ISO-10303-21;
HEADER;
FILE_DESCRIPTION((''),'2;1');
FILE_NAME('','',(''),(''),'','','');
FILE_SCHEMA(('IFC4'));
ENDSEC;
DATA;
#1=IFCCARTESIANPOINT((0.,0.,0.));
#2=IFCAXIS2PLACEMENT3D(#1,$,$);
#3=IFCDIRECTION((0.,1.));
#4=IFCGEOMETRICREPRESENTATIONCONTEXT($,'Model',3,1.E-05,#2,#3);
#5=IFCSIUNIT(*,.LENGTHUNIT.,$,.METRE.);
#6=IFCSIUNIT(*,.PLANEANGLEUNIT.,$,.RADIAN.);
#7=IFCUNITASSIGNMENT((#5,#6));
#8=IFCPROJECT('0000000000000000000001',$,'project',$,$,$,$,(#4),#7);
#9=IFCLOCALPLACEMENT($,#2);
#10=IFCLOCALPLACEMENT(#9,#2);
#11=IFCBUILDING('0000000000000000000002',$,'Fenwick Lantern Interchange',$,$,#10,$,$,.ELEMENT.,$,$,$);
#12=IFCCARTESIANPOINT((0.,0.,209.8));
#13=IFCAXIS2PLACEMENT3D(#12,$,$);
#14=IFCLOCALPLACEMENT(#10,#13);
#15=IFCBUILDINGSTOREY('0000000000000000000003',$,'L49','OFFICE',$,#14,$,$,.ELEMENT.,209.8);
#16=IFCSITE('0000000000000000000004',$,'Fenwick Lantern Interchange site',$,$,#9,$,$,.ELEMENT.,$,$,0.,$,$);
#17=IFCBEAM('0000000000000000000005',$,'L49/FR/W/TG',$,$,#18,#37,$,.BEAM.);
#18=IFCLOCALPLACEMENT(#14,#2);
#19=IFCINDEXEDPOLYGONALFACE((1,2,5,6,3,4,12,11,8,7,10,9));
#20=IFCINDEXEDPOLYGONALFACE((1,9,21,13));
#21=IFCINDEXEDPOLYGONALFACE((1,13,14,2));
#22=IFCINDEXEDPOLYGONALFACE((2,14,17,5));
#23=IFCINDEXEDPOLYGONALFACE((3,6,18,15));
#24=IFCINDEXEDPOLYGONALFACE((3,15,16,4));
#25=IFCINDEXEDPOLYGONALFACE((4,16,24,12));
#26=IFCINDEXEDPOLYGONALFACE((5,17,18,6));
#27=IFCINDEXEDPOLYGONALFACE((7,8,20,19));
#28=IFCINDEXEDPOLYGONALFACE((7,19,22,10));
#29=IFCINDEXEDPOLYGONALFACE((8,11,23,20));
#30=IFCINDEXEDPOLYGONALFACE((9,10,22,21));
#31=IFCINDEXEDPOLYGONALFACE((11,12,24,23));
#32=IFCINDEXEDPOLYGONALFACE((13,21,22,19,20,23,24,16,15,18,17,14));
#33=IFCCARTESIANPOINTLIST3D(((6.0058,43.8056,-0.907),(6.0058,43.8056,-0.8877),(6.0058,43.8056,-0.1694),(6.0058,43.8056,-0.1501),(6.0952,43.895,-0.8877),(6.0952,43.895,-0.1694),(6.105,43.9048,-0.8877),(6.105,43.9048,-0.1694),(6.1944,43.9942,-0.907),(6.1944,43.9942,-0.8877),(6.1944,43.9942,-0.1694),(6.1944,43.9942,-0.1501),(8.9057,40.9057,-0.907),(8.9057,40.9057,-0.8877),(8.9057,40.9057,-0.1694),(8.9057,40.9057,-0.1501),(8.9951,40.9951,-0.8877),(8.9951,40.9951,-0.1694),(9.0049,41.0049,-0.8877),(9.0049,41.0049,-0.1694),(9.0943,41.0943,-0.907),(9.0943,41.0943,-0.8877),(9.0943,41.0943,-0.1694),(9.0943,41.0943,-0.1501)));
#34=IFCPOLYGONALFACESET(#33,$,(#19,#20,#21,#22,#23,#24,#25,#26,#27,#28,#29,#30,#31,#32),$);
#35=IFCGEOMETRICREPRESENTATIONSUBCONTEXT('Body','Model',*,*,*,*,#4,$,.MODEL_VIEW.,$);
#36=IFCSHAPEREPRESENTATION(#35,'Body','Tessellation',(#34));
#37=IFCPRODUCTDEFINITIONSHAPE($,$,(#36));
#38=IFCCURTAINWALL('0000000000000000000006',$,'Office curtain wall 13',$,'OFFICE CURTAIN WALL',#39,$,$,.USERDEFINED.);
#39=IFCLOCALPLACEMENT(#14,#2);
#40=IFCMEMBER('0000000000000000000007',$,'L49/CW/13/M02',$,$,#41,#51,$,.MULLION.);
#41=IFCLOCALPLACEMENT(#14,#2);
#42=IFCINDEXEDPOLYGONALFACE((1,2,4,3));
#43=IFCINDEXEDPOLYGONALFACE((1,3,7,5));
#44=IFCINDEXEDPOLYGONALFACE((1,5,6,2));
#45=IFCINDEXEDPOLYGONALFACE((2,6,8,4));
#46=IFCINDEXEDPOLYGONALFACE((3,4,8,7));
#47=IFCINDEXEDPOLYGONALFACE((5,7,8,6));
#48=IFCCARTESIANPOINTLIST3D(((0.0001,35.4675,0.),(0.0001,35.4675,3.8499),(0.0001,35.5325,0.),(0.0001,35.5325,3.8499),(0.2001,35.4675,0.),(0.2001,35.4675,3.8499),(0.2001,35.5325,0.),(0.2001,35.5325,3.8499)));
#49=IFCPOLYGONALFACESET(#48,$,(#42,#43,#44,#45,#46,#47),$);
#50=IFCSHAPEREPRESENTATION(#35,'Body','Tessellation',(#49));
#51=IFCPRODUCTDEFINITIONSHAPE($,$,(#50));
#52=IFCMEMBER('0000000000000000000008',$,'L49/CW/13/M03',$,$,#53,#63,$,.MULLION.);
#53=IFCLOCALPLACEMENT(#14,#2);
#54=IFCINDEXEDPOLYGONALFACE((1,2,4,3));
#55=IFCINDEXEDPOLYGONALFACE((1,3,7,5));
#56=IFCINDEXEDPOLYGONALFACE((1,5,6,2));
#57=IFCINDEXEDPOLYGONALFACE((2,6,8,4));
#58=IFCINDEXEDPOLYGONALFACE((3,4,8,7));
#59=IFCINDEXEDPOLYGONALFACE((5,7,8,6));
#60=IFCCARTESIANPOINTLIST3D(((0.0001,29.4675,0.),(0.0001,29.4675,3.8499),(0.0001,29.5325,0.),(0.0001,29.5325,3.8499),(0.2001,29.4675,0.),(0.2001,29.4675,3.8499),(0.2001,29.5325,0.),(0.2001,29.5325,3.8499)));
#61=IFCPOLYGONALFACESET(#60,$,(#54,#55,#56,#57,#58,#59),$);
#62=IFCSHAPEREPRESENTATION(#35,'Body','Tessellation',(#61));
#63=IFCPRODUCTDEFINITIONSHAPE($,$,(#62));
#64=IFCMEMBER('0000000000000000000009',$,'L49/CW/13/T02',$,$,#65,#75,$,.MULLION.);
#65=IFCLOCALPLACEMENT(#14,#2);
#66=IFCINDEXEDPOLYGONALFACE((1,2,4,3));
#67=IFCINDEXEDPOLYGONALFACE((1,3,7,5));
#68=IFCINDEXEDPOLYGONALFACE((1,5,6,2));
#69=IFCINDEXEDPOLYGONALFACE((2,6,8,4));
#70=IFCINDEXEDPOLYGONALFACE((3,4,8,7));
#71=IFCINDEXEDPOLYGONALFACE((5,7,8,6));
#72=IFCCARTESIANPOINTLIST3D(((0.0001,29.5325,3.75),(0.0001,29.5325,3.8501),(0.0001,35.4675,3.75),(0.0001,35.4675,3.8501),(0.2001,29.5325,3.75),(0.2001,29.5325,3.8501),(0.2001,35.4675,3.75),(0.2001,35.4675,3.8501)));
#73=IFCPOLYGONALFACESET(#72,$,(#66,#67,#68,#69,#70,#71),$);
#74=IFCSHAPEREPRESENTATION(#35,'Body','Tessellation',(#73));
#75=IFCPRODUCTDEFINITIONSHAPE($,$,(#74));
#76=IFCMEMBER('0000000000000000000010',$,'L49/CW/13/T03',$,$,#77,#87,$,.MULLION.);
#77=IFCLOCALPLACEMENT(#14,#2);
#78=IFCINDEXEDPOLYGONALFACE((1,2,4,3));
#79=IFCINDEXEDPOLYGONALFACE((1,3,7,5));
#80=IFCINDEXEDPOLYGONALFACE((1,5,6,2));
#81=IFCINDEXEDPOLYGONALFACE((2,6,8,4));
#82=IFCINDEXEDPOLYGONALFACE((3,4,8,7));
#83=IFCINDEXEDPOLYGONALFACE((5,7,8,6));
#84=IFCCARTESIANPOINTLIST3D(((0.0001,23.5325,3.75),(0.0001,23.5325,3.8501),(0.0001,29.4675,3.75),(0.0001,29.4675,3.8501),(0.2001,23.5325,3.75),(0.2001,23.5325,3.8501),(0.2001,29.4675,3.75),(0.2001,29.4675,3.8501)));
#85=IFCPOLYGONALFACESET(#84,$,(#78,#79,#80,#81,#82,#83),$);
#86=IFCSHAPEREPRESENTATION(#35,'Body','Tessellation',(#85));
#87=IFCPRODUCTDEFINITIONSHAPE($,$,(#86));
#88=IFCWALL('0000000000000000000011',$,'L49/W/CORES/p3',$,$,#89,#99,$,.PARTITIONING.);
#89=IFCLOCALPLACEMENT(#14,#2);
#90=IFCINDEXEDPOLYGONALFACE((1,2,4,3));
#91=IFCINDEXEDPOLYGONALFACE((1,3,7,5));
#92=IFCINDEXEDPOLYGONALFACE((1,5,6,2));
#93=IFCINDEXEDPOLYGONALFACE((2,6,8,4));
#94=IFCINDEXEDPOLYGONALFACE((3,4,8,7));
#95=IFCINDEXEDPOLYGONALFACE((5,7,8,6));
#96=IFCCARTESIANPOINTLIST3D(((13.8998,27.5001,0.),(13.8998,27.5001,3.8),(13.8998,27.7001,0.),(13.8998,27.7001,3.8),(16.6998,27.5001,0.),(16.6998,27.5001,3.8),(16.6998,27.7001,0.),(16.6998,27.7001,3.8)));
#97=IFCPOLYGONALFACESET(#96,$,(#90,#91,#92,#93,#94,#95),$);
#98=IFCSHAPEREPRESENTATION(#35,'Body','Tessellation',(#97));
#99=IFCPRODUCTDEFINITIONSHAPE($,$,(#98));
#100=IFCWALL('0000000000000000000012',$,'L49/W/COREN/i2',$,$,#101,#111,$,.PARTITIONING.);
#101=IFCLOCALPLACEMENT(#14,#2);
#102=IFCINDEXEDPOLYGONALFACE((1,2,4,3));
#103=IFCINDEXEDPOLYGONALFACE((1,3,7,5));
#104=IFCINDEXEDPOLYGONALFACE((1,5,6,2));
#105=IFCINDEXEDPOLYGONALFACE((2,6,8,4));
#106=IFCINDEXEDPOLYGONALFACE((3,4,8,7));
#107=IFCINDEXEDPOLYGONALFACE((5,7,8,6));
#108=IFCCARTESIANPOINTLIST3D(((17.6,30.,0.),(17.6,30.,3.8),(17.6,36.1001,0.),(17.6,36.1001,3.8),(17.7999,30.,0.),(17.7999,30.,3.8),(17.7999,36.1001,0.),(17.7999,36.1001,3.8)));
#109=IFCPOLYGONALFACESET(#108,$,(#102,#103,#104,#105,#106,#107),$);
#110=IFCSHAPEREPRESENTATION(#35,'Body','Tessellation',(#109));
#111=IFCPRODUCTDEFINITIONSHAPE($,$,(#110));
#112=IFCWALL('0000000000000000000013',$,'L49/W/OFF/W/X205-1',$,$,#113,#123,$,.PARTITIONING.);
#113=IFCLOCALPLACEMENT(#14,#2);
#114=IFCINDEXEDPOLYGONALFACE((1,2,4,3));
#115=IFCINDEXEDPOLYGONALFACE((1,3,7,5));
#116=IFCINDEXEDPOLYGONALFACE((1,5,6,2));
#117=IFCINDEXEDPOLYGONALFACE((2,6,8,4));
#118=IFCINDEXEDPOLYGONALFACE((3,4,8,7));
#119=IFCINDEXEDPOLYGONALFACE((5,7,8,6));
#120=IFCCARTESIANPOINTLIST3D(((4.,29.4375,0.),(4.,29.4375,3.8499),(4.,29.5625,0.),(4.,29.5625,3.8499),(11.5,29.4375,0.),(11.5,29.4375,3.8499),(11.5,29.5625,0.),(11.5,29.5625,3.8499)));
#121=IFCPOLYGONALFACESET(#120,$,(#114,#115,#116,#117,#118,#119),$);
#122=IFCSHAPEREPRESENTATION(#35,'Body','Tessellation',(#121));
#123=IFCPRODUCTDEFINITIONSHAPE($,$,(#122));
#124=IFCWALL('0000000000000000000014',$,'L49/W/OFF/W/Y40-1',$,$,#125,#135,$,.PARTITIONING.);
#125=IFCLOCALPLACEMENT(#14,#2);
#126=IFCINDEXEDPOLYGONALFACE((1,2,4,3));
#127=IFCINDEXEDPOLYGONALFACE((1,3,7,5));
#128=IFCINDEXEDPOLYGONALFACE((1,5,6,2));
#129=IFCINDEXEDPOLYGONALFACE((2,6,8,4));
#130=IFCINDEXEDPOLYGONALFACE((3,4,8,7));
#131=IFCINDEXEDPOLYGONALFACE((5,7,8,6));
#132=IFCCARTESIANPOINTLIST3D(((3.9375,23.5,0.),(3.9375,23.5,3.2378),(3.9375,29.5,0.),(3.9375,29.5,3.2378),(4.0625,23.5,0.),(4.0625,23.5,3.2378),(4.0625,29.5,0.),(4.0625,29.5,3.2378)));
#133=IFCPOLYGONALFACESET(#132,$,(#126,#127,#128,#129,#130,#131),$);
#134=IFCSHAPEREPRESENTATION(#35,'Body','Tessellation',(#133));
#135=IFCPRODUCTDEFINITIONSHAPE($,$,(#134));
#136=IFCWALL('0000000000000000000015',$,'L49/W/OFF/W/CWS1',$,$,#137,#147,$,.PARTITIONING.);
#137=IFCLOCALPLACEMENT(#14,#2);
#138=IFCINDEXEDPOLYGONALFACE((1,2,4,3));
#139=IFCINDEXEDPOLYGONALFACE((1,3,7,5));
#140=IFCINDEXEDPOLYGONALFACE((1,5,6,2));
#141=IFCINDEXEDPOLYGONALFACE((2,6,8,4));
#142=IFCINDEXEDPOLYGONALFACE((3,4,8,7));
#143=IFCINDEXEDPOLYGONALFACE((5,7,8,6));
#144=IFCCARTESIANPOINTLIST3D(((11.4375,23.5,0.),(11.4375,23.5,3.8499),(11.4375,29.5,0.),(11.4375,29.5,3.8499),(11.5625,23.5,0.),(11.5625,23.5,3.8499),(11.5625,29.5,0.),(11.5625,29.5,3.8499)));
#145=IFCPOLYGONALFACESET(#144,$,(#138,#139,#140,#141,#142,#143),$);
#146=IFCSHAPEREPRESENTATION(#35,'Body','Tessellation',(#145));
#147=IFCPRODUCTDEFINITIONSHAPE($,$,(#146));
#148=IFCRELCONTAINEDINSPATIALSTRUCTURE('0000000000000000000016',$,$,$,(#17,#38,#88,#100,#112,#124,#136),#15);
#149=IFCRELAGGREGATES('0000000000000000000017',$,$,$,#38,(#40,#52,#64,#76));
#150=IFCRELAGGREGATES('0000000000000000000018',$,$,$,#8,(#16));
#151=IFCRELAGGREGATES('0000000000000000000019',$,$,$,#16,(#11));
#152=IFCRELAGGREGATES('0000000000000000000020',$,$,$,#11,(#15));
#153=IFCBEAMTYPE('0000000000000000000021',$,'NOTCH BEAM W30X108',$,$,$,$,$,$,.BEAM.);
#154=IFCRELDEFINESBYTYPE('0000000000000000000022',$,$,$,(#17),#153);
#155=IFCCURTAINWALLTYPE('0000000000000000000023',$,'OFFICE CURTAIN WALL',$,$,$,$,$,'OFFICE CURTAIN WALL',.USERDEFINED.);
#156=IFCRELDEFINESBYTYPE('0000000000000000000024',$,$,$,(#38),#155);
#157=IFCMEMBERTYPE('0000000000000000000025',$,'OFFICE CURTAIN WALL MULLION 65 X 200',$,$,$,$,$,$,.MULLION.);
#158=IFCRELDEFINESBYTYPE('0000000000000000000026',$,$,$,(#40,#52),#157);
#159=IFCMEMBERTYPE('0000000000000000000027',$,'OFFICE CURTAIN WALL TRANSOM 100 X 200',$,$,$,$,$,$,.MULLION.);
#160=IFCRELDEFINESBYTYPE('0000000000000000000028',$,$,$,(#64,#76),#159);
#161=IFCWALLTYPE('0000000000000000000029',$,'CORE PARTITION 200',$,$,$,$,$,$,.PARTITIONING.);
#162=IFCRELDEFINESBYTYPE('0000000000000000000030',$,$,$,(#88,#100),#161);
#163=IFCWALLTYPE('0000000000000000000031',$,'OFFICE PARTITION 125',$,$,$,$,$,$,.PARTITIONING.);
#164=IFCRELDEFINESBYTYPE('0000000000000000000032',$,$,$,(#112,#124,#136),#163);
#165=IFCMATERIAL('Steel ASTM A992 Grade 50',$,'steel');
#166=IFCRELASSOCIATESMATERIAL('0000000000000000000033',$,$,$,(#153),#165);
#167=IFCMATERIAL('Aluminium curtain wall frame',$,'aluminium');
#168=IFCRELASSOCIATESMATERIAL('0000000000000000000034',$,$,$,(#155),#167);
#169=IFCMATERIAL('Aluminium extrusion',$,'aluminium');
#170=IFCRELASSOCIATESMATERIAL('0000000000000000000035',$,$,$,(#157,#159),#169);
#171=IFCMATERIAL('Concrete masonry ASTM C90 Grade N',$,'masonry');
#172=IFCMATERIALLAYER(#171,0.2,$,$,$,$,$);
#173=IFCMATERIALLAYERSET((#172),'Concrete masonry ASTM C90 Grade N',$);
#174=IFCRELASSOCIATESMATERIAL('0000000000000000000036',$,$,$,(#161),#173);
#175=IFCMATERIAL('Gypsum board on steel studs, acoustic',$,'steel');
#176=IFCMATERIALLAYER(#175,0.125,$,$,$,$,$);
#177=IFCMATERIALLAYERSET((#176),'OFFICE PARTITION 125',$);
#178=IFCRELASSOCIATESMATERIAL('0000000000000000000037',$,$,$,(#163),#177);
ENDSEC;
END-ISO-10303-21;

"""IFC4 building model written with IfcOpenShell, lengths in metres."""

from ifc_helpers import new_model, si_unit, direction, frame, frame_2d, origin, origin_2d, place, context, subcontext, project, spatial, rectangle, i_section, extrude, material, layer, layer_set, material_profile, profile_set, type_object, element, aggregate, save


model = new_model("IFC4")

# Units and contexts
model_context = context("Model", 3, precision=1e-05, world=origin(), true_north=direction((0.0, 1.0)))
body_context = subcontext(model_context, "Body", "Model", "MODEL_VIEW")
ifc_project = project(units=[si_unit("LENGTHUNIT", "METRE"), si_unit("PLANEANGLEUNIT", "RADIAN")], contexts=[model_context])

# Site, building, storey
site_placement = place(None, origin())
site = spatial("IfcSite", under=ifc_project, at=site_placement, Name="Fenwick Lantern Interchange site", CompositionType="ELEMENT", RefElevation=0.0)
building_placement = place(site_placement, origin())
building = spatial("IfcBuilding", under=site, at=building_placement, Name="Fenwick Lantern Interchange", CompositionType="ELEMENT")
storey_placement = place(building_placement, frame((0.0, 0.0, 209.8)))
storey = spatial("IfcBuildingStorey", under=building, at=storey_placement, Name="L49", Description="OFFICE", CompositionType="ELEMENT", Elevation=209.8)

# Beam
ifc_material_1 = material(Name="Steel ASTM A992 Grade 50", Category="steel")
ifc_material_profile_1 = material_profile(ifc_material_1, i_section(OverallWidth=0.2666, OverallDepth=0.7568, WebThickness=0.0139, FlangeThickness=0.0193, at=origin_2d()), Name="W30X108")
ifc_profile_set_1 = profile_set([ifc_material_profile_1], Name="Steel ASTM A992 Grade 50")
beam_type_1 = type_object("IfcBeamType", Name="NOTCH BEAM W30X108", PredefinedType="BEAM", material=ifc_profile_set_1)
beam_1_placement = place(storey_placement, frame((9.0, 41.0, -0.5286), z_axis=(-0.707107, 0.707107, 0.0), x_axis=(-0.707107, -0.707107, 0.0)))
element("IfcBeam", 1, at=beam_1_placement, inside=storey, type_object=beam_type_1, Name="L49/FR/W/TG", PredefinedType="BEAM", context=body_context, shape_type="SweptSolid", body=[
    extrude(i_section(OverallWidth=0.2666, OverallDepth=0.7568, WebThickness=0.0139, FlangeThickness=0.0193, at=origin_2d()), origin(), (0.0, 0.0, 1.0), 4.1011),
])

# Curtain wall, members
ifc_material_2 = material(Name="Aluminium curtain wall frame", Category="aluminium")
curtain_wall_type = type_object("IfcCurtainWallType", Name="OFFICE CURTAIN WALL", ElementType="OFFICE CURTAIN WALL", PredefinedType="USERDEFINED", material=ifc_material_2)
curtain_wall_placement = place(storey_placement, origin())
curtain_wall = element("IfcCurtainWall", 2, at=curtain_wall_placement, inside=storey, type_object=curtain_wall_type, Name="Office curtain wall 13", ObjectType="OFFICE CURTAIN WALL", PredefinedType="USERDEFINED")
ifc_material_3 = material(Name="Aluminium extrusion", Category="aluminium")
ifc_material_profile_2 = material_profile(ifc_material_3, rectangle(XDim=0.2, YDim=0.0649, at=origin_2d()), Name="OFFICE CURTAIN WALL MULLION 65 X 200")
ifc_profile_set_2 = profile_set([ifc_material_profile_2], Name="Aluminium extrusion")
member_type_1 = type_object("IfcMemberType", Name="OFFICE CURTAIN WALL MULLION 65 X 200", PredefinedType="MULLION", material=ifc_profile_set_2)
member_1_placement = place(storey_placement, frame((0.1001, 35.5, 0.0), z_axis=(0.0, 0.0, 1.0), x_axis=(1.0, 0.0, 0.0)))
member_1 = element("IfcMember", 3, at=member_1_placement, type_object=member_type_1, Name="L49/CW/13/M02", PredefinedType="MULLION", context=body_context, shape_type="SweptSolid", body=[
    extrude(rectangle(XDim=0.2, YDim=0.0649, at=origin_2d()), origin(), (0.0, 0.0, 1.0), 3.8499),
])
member_2_placement = place(storey_placement, frame((0.1001, 29.5, 0.0), z_axis=(0.0, 0.0, 1.0), x_axis=(1.0, 0.0, 0.0)))
member_2 = element("IfcMember", 4, at=member_2_placement, type_object=member_type_1, Name="L49/CW/13/M03", PredefinedType="MULLION", context=body_context, shape_type="SweptSolid", body=[
    extrude(rectangle(XDim=0.2, YDim=0.0649, at=origin_2d()), origin(), (0.0, 0.0, 1.0), 3.8499),
])
ifc_material_profile_3 = material_profile(ifc_material_3, rectangle(XDim=0.2, YDim=0.1001, at=origin_2d()), Name="OFFICE CURTAIN WALL TRANSOM 100 X 200")
ifc_profile_set_3 = profile_set([ifc_material_profile_3], Name="Aluminium extrusion")
member_type_2 = type_object("IfcMemberType", Name="OFFICE CURTAIN WALL TRANSOM 100 X 200", PredefinedType="MULLION", material=ifc_profile_set_3)
member_3_placement = place(storey_placement, frame((0.1001, 35.4675, 3.8), z_axis=(0.0, -1.0, 0.0), x_axis=(1.0, 0.0, 0.0)))
member_3 = element("IfcMember", 5, at=member_3_placement, type_object=member_type_2, Name="L49/CW/13/T02", PredefinedType="MULLION", context=body_context, shape_type="SweptSolid", body=[
    extrude(rectangle(XDim=0.2, YDim=0.1001, at=origin_2d()), origin(), (0.0, 0.0, 1.0), 5.9351),
])
member_4_placement = place(storey_placement, frame((0.1001, 29.4675, 3.8), z_axis=(0.0, -1.0, 0.0), x_axis=(1.0, 0.0, 0.0)))
member_4 = element("IfcMember", 6, at=member_4_placement, type_object=member_type_2, Name="L49/CW/13/T03", PredefinedType="MULLION", context=body_context, shape_type="SweptSolid", body=[
    extrude(rectangle(XDim=0.2, YDim=0.1001, at=origin_2d()), origin(), (0.0, 0.0, 1.0), 5.9351),
])
aggregate(curtain_wall, [member_1, member_2, member_3, member_4])

# Walls
ifc_material_4 = material(Name="Concrete masonry ASTM C90 Grade N", Category="masonry")
ifc_layer_1 = layer(ifc_material_4, 0.2)
ifc_layer_set_1 = layer_set([ifc_layer_1], Name="Concrete masonry ASTM C90 Grade N")
wall_type_1 = type_object("IfcWallType", Name="CORE PARTITION 200", PredefinedType="PARTITIONING", material=ifc_layer_set_1)
wall_1_placement = place(storey_placement, frame((13.8999, 27.6001, 0.0), z_axis=(0.0, 0.0, 1.0), x_axis=(1.0, 0.0, 0.0)))
element("IfcWall", 7, at=wall_1_placement, inside=storey, type_object=wall_type_1, Name="L49/W/CORES/p3", PredefinedType="PARTITIONING", context=body_context, shape_type="SweptSolid", body=[
    extrude(rectangle(XDim=2.8, YDim=0.2, at=frame_2d((1.3999, 0.0))), origin(), (0.0, 0.0, 1.0), 3.8),
])
wall_2_placement = place(storey_placement, frame((17.7, 36.1001, 0.0), z_axis=(0.0, 0.0, 1.0), x_axis=(0.0, -1.0, 0.0)))
element("IfcWall", 8, at=wall_2_placement, inside=storey, type_object=wall_type_1, Name="L49/W/COREN/i2", PredefinedType="PARTITIONING", context=body_context, shape_type="SweptSolid", body=[
    extrude(rectangle(XDim=6.1001, YDim=0.2, at=frame_2d((3.05, 0.0))), origin(), (0.0, 0.0, 1.0), 3.8),
])

# Walls
ifc_material_5 = material(Name="Gypsum board on steel studs, acoustic", Category="steel")
ifc_layer_2 = layer(ifc_material_5, 0.125)
ifc_layer_set_2 = layer_set([ifc_layer_2], Name="OFFICE PARTITION 125")
wall_type_2 = type_object("IfcWallType", Name="OFFICE PARTITION 125", PredefinedType="PARTITIONING", material=ifc_layer_set_2)
wall_3_placement = place(storey_placement, frame((4.0, 29.5, 0.0), z_axis=(0.0, 0.0, 1.0), x_axis=(1.0, 0.0, 0.0)))
element("IfcWall", 9, at=wall_3_placement, inside=storey, type_object=wall_type_2, Name="L49/W/OFF/W/X205-1", PredefinedType="PARTITIONING", context=body_context, shape_type="SweptSolid", body=[
    extrude(rectangle(XDim=7.5, YDim=0.125, at=frame_2d((3.75, 0.0))), origin(), (0.0, 0.0, 1.0), 3.8499),
])
wall_4_placement = place(storey_placement, frame((4.0, 29.5, 0.0), z_axis=(0.0, 0.0, 1.0), x_axis=(0.0, -1.0, 0.0)))
element("IfcWall", 10, at=wall_4_placement, inside=storey, type_object=wall_type_2, Name="L49/W/OFF/W/Y40-1", PredefinedType="PARTITIONING", context=body_context, shape_type="SweptSolid", body=[
    extrude(rectangle(XDim=6.0, YDim=0.125, at=frame_2d((3.0, 0.0))), origin(), (0.0, 0.0, 1.0), 3.2378),
])
wall_5_placement = place(storey_placement, frame((11.5, 29.5, 0.0), z_axis=(0.0, 0.0, 1.0), x_axis=(0.0, -1.0, 0.0)))
element("IfcWall", 11, at=wall_5_placement, inside=storey, type_object=wall_type_2, Name="L49/W/OFF/W/CWS1", PredefinedType="PARTITIONING", context=body_context, shape_type="SweptSolid", body=[
    extrude(rectangle(XDim=6.0, YDim=0.125, at=frame_2d((3.0, 0.0))), origin(), (0.0, 0.0, 1.0), 3.8499),
])

save(model, "model.ifc")
